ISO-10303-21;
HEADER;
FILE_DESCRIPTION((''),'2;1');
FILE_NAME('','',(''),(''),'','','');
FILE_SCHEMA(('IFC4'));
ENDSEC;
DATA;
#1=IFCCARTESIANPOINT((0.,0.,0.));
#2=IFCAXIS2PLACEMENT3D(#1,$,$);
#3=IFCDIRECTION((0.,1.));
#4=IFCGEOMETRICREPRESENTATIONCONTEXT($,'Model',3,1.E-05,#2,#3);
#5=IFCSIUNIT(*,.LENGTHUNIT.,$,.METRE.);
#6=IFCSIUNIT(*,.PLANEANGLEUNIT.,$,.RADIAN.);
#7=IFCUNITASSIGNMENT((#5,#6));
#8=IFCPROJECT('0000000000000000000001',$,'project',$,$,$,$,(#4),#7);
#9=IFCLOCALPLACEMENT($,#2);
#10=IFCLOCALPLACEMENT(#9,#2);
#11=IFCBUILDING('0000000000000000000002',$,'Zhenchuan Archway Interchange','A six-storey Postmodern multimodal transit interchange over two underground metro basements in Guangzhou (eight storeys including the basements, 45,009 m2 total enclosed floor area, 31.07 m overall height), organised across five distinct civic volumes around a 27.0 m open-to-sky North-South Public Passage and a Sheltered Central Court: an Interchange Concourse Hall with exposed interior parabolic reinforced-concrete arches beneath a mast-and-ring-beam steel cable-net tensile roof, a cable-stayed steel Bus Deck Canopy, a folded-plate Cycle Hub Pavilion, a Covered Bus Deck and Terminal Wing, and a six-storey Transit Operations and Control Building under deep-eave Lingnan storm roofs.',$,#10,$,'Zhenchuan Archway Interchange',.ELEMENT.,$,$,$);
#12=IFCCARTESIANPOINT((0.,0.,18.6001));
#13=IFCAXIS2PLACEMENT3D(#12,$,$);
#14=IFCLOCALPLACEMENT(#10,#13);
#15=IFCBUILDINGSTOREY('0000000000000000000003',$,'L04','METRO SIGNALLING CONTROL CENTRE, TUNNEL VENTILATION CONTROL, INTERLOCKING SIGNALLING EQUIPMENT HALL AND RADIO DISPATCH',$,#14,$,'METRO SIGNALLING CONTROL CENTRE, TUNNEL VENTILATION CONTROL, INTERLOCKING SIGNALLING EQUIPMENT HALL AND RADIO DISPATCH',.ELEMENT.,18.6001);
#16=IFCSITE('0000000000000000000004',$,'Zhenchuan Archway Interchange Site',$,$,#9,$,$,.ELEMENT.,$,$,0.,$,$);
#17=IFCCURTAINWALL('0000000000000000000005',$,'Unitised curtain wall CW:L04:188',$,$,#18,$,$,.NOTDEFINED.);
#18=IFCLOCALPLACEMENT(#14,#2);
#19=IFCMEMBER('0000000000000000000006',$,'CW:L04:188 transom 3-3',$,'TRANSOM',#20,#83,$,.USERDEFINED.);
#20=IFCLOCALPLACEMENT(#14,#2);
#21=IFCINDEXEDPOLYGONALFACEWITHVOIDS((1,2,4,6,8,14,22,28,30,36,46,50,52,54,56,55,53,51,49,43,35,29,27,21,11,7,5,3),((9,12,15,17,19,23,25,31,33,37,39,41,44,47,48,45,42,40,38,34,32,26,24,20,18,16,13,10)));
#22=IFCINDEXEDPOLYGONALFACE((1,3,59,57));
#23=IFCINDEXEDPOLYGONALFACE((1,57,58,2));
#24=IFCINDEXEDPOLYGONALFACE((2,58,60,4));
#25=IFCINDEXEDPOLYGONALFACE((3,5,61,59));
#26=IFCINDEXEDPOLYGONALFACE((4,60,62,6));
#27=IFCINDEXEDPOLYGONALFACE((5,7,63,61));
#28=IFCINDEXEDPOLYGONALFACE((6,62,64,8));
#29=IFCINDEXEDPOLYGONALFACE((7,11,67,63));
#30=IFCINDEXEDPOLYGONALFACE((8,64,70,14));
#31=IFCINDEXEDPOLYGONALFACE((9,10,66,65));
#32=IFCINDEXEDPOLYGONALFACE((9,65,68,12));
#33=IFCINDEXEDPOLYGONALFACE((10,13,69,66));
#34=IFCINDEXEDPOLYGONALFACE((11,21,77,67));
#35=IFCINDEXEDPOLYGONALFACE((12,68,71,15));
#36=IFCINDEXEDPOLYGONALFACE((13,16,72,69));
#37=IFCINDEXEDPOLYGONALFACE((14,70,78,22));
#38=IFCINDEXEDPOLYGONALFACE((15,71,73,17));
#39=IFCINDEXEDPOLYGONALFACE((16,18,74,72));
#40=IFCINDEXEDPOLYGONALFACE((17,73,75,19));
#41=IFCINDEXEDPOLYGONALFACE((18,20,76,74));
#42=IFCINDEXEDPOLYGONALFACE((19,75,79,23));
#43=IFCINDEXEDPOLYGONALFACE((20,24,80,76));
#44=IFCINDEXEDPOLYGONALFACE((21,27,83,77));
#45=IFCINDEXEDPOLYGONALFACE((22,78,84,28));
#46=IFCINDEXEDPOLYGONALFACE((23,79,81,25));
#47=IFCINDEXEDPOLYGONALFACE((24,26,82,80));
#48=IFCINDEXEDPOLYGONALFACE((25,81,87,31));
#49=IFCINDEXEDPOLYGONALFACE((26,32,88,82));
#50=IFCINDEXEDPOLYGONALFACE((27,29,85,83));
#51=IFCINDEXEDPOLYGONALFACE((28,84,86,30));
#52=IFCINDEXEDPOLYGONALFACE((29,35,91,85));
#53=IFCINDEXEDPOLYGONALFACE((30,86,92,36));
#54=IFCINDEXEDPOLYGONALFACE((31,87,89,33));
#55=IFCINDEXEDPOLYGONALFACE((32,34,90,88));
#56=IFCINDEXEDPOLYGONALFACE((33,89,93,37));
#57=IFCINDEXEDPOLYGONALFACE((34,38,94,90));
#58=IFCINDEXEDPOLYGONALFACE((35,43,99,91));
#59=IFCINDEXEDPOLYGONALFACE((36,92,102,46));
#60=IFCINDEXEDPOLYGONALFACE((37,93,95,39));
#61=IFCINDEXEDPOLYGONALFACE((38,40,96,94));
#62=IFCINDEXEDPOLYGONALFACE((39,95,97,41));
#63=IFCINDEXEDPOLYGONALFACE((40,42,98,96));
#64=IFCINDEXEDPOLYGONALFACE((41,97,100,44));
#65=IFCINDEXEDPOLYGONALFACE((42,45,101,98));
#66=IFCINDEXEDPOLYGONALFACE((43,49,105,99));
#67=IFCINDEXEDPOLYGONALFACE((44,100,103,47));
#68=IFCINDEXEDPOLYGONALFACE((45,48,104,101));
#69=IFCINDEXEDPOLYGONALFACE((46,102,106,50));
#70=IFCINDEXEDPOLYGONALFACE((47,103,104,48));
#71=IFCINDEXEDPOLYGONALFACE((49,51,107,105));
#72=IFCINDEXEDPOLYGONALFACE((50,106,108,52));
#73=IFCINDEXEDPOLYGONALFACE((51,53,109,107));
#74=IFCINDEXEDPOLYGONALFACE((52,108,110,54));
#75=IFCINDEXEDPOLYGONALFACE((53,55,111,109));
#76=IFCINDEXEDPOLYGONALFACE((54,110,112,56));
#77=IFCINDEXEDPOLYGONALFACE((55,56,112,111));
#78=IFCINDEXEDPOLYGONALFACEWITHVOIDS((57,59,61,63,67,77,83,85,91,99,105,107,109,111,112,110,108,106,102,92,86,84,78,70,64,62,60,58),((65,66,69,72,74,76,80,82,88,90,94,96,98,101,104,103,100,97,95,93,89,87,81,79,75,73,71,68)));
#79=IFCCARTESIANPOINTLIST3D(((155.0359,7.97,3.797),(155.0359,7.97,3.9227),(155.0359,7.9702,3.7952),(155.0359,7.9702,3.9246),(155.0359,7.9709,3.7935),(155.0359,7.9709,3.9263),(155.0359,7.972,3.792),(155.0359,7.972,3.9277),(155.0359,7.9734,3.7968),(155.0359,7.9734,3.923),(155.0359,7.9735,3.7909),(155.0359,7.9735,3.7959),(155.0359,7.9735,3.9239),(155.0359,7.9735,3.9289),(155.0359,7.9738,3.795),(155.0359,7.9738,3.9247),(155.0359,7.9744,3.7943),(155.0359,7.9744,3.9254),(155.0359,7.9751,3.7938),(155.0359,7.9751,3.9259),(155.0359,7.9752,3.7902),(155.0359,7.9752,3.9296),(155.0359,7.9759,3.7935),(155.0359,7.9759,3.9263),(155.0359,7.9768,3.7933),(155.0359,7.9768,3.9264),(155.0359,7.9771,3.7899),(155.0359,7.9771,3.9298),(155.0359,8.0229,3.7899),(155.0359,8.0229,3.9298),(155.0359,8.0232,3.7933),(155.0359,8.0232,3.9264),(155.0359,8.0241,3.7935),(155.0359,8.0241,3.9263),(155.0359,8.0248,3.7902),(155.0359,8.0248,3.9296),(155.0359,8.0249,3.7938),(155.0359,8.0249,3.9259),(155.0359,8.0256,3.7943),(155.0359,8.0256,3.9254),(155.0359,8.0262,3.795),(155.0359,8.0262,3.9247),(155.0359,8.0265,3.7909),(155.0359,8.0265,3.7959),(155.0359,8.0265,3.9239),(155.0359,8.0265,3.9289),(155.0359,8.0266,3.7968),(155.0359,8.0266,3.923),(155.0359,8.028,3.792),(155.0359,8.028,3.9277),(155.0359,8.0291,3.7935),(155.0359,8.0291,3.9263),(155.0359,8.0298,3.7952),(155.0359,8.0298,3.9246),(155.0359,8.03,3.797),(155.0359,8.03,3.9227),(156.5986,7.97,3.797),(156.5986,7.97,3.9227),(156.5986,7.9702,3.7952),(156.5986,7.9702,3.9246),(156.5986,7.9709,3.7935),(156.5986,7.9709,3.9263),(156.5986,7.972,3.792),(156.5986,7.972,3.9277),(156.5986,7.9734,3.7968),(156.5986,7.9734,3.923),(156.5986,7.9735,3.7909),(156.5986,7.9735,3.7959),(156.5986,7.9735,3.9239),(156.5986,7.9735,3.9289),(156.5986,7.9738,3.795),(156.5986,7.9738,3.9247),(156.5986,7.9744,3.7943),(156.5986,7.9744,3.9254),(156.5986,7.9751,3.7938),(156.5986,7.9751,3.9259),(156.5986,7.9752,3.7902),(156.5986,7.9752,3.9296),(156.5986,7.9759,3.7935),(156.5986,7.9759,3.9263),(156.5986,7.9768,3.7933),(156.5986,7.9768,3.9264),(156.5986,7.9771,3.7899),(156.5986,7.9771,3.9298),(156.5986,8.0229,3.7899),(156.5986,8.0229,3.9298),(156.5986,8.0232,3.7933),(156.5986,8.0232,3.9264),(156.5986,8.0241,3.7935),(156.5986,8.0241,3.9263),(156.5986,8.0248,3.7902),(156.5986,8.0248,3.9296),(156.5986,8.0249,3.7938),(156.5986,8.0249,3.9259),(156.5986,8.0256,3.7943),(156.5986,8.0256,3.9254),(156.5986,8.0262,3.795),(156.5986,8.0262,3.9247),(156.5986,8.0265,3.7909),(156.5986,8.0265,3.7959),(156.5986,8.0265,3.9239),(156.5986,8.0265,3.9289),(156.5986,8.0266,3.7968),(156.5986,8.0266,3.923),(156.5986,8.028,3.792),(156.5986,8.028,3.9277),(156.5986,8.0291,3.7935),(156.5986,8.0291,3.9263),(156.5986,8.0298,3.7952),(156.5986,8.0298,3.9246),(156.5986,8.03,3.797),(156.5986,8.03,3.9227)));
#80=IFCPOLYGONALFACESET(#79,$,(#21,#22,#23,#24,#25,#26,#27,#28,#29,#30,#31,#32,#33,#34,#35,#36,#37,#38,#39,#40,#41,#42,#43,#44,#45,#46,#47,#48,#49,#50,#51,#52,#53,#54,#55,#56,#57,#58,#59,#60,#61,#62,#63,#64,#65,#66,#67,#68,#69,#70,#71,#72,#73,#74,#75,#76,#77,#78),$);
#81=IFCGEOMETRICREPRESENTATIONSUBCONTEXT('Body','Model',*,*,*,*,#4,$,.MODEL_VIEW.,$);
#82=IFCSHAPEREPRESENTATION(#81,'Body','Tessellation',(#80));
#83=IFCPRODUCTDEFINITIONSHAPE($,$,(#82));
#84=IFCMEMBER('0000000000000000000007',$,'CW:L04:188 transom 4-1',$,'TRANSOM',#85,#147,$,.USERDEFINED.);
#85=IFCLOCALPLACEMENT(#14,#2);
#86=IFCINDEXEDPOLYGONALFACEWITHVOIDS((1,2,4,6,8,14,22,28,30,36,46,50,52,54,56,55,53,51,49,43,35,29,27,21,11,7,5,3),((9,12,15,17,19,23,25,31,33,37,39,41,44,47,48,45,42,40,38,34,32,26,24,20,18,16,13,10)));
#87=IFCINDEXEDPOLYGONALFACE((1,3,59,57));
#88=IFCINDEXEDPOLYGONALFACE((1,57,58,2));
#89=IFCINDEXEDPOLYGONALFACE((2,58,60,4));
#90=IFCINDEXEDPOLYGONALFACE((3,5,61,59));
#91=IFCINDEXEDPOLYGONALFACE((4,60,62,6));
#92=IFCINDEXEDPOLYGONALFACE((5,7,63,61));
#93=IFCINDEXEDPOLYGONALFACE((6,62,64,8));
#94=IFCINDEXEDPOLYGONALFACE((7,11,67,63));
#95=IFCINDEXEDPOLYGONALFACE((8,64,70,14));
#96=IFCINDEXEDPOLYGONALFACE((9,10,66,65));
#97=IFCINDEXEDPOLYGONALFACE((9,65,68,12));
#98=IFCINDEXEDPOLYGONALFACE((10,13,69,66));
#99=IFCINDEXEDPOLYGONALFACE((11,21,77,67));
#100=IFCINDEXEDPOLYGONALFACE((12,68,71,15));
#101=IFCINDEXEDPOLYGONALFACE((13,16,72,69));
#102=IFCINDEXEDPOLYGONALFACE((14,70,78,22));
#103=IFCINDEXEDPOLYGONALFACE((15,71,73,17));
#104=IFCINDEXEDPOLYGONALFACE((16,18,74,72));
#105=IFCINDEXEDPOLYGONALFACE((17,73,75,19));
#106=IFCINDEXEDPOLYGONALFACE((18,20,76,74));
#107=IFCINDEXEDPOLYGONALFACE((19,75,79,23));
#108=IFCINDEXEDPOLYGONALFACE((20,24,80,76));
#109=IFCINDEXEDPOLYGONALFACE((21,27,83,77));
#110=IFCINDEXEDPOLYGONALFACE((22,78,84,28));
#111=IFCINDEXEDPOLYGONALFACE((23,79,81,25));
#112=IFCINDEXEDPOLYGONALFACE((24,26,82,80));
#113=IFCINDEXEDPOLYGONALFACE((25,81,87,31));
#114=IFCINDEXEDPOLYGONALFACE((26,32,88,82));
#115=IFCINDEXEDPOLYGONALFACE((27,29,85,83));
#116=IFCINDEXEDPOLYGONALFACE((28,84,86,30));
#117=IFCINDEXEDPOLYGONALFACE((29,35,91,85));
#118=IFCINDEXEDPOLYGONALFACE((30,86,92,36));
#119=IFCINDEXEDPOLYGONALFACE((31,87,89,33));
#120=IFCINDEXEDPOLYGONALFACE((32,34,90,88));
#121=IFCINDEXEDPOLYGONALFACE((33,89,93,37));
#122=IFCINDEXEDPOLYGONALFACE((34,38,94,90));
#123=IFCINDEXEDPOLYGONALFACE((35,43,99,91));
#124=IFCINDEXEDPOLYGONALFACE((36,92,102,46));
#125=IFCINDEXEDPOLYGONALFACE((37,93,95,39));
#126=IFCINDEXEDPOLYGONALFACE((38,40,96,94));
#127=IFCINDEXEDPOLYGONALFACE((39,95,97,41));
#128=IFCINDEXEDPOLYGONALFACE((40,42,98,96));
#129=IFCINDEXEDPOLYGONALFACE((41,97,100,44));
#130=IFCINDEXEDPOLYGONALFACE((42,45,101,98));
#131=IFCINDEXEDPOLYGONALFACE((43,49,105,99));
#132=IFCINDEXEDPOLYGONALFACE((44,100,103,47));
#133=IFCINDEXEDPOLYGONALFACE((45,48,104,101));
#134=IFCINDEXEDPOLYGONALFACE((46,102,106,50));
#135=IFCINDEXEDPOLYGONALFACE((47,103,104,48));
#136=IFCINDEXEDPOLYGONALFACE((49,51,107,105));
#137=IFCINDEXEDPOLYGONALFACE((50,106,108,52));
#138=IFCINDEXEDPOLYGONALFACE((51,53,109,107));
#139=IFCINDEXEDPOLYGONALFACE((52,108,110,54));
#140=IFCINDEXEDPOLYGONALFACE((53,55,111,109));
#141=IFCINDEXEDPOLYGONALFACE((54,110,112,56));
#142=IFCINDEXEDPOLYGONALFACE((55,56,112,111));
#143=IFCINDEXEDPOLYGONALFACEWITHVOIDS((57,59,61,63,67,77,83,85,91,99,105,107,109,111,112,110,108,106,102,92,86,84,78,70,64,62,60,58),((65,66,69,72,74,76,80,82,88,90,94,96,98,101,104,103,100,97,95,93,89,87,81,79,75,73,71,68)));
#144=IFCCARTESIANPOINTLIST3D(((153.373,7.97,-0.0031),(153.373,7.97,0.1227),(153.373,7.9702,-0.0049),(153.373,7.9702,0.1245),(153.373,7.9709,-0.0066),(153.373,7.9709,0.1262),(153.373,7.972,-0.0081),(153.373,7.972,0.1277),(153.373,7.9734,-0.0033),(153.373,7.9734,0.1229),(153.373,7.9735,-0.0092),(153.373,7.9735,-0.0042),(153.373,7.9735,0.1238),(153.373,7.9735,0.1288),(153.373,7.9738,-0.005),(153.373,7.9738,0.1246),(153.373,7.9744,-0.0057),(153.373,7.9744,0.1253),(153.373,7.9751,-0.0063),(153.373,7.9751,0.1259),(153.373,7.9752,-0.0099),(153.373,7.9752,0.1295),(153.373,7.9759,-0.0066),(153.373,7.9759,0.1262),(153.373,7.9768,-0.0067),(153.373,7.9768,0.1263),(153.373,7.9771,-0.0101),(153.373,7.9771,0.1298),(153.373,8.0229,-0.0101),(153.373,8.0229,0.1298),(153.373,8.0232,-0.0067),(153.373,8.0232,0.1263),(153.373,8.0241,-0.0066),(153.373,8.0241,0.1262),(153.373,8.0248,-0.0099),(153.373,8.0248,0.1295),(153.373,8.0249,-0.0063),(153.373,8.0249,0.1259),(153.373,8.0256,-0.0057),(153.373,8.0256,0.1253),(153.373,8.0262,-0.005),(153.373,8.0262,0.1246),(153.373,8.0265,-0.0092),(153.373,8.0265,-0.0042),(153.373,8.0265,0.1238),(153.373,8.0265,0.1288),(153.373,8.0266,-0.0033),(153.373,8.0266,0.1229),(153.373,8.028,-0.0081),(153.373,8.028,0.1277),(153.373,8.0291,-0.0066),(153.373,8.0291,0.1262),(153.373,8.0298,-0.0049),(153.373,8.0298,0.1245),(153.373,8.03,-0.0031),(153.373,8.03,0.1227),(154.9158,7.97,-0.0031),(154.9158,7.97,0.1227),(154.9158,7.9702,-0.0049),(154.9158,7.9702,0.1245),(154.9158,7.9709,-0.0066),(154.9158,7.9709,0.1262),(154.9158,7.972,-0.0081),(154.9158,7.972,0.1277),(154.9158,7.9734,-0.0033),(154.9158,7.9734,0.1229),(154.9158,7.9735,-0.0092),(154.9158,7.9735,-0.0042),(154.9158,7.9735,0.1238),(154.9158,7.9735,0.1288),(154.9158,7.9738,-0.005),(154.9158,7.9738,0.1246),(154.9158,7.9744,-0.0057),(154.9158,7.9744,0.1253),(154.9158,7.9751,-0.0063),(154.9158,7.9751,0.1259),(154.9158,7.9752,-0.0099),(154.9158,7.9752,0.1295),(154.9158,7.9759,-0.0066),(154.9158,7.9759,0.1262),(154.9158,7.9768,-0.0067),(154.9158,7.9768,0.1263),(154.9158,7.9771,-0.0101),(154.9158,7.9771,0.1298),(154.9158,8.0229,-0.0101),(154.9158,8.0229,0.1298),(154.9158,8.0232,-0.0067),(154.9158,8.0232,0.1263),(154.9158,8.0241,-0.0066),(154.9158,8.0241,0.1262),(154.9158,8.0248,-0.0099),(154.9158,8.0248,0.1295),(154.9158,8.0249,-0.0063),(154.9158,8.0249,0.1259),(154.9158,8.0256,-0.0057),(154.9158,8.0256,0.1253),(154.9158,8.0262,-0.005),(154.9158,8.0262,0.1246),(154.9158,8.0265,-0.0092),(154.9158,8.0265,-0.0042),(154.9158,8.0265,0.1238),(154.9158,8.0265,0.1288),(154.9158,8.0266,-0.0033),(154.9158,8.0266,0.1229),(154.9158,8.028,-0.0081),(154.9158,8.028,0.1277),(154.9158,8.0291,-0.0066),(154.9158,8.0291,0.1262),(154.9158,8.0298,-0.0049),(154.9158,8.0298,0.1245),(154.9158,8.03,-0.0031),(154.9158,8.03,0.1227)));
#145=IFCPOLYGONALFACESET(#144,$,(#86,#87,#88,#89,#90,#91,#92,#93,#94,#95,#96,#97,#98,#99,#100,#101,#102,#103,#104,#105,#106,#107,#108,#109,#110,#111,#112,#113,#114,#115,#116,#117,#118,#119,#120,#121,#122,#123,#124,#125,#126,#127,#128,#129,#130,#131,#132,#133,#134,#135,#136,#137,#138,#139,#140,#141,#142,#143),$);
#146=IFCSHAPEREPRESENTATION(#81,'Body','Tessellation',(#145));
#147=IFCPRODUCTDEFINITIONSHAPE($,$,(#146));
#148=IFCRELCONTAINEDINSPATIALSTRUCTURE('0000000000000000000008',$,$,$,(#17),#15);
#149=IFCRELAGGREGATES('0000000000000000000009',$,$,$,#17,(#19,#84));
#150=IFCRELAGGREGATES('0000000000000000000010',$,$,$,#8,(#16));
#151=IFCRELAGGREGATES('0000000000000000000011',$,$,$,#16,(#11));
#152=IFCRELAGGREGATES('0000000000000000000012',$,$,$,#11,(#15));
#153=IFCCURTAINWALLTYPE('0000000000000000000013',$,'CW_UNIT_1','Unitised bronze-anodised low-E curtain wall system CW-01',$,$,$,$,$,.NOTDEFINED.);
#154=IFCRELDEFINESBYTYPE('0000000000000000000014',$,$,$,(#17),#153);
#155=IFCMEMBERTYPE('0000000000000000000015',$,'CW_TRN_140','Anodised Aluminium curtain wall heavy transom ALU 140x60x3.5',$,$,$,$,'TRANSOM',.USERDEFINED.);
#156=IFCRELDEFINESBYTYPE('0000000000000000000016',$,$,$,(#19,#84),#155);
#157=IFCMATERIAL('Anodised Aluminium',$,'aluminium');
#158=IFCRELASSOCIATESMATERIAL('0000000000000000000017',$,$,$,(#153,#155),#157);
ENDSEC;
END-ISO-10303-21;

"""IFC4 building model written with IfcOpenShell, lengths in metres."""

from ifc_helpers import new_model, si_unit, direction, frame, origin, origin_2d, place, context, subcontext, project, spatial, hollow_rectangle, extrude, material, material_profile, profile_set, type_object, element, aggregate, save


model = new_model("IFC4")

# Units and contexts
model_context = context("Model", 3, precision=1e-05, world=origin(), true_north=direction((0.0, 1.0)))
body_context = subcontext(model_context, "Body", "Model", "MODEL_VIEW")
ifc_project = project(units=[si_unit("LENGTHUNIT", "METRE"), si_unit("PLANEANGLEUNIT", "RADIAN")], contexts=[model_context])

# Site, building, storey
site_placement = place(None, origin())
site = spatial("IfcSite", under=ifc_project, at=site_placement, Name="Zhenchuan Archway Interchange Site", CompositionType="ELEMENT", RefElevation=0.0)
building_placement = place(site_placement, origin())
building = spatial("IfcBuilding", under=site, at=building_placement, Name="Zhenchuan Archway Interchange", Description="A six-storey Postmodern multimodal transit interchange over two underground metro basements in Guangzhou (eight storeys including the basements, 45,009 m2 total enclosed floor area, 31.07 m overall height), organised across five distinct civic volumes around a 27.0 m open-to-sky North-South Public Passage and a Sheltered Central Court: an Interchange Concourse Hall with exposed interior parabolic reinforced-concrete arches beneath a mast-and-ring-beam steel cable-net tensile roof, a cable-stayed steel Bus Deck Canopy, a folded-plate Cycle Hub Pavilion, a Covered Bus Deck and Terminal Wing, and a six-storey Transit Operations and Control Building under deep-eave Lingnan storm roofs.", LongName="Zhenchuan Archway Interchange", CompositionType="ELEMENT")
storey_placement = place(building_placement, frame((0.0, 0.0, 18.6001)))
storey = spatial("IfcBuildingStorey", under=building, at=storey_placement, Name="L04", Description="METRO SIGNALLING CONTROL CENTRE, TUNNEL VENTILATION CONTROL, INTERLOCKING SIGNALLING EQUIPMENT HALL AND RADIO DISPATCH", LongName="METRO SIGNALLING CONTROL CENTRE, TUNNEL VENTILATION CONTROL, INTERLOCKING SIGNALLING EQUIPMENT HALL AND RADIO DISPATCH", CompositionType="ELEMENT", Elevation=18.6001)

# Curtain wall, members
ifc_material_1 = material(Name="Anodised Aluminium", Category="aluminium")
curtain_wall_type = type_object("IfcCurtainWallType", Name="CW_UNIT_1", Description="Unitised bronze-anodised low-E curtain wall system CW-01", PredefinedType="NOTDEFINED", material=ifc_material_1)
curtain_wall_placement = place(storey_placement, origin())
curtain_wall = element("IfcCurtainWall", 1, at=curtain_wall_placement, inside=storey, type_object=curtain_wall_type, Name="Unitised curtain wall CW:L04:188", PredefinedType="NOTDEFINED")
ifc_material_profile_1 = material_profile(ifc_material_1, hollow_rectangle(XDim=0.0601, YDim=0.1399, WallThickness=0.0034, InnerFilletRadius=0.0034, OuterFilletRadius=0.0071, at=origin_2d()), Name="ALU 140x60x3.5")
ifc_profile_set_1 = profile_set([ifc_material_profile_1], Name="Anodised Aluminium")
member_type_1 = type_object("IfcMemberType", Name="CW_TRN_140", Description="Anodised Aluminium curtain wall heavy transom ALU 140x60x3.5", ElementType="TRANSOM", PredefinedType="USERDEFINED", material=ifc_profile_set_1)
member_1_placement = place(storey_placement, frame((156.5986, 8.0, 3.8599), z_axis=(-1.0, 0.0, 0.0), x_axis=(0.0, -1.0, 0.0)))
member_1 = element("IfcMember", 2, at=member_1_placement, type_object=member_type_1, Name="CW:L04:188 transom 3-3", ObjectType="TRANSOM", PredefinedType="USERDEFINED", context=body_context, shape_type="SweptSolid", body=[
    extrude(hollow_rectangle(XDim=0.0601, YDim=0.1399, WallThickness=0.0034, InnerFilletRadius=0.0034, OuterFilletRadius=0.0071, at=origin_2d()), origin(), (0.0, 0.0, 1.0), 1.5627),
])
member_2_placement = place(storey_placement, frame((154.9158, 8.0, 0.0598), z_axis=(-1.0, 0.0, 0.0), x_axis=(0.0, -1.0, 0.0)))
member_2 = element("IfcMember", 3, at=member_2_placement, type_object=member_type_1, Name="CW:L04:188 transom 4-1", ObjectType="TRANSOM", PredefinedType="USERDEFINED", context=body_context, shape_type="SweptSolid", body=[
    extrude(hollow_rectangle(XDim=0.0601, YDim=0.1399, WallThickness=0.0034, InnerFilletRadius=0.0034, OuterFilletRadius=0.0071, at=origin_2d()), origin(), (0.0, 0.0, 1.0), 1.5427),
])

aggregate(curtain_wall, [member_1, member_2])

save(model, "model.ifc")
